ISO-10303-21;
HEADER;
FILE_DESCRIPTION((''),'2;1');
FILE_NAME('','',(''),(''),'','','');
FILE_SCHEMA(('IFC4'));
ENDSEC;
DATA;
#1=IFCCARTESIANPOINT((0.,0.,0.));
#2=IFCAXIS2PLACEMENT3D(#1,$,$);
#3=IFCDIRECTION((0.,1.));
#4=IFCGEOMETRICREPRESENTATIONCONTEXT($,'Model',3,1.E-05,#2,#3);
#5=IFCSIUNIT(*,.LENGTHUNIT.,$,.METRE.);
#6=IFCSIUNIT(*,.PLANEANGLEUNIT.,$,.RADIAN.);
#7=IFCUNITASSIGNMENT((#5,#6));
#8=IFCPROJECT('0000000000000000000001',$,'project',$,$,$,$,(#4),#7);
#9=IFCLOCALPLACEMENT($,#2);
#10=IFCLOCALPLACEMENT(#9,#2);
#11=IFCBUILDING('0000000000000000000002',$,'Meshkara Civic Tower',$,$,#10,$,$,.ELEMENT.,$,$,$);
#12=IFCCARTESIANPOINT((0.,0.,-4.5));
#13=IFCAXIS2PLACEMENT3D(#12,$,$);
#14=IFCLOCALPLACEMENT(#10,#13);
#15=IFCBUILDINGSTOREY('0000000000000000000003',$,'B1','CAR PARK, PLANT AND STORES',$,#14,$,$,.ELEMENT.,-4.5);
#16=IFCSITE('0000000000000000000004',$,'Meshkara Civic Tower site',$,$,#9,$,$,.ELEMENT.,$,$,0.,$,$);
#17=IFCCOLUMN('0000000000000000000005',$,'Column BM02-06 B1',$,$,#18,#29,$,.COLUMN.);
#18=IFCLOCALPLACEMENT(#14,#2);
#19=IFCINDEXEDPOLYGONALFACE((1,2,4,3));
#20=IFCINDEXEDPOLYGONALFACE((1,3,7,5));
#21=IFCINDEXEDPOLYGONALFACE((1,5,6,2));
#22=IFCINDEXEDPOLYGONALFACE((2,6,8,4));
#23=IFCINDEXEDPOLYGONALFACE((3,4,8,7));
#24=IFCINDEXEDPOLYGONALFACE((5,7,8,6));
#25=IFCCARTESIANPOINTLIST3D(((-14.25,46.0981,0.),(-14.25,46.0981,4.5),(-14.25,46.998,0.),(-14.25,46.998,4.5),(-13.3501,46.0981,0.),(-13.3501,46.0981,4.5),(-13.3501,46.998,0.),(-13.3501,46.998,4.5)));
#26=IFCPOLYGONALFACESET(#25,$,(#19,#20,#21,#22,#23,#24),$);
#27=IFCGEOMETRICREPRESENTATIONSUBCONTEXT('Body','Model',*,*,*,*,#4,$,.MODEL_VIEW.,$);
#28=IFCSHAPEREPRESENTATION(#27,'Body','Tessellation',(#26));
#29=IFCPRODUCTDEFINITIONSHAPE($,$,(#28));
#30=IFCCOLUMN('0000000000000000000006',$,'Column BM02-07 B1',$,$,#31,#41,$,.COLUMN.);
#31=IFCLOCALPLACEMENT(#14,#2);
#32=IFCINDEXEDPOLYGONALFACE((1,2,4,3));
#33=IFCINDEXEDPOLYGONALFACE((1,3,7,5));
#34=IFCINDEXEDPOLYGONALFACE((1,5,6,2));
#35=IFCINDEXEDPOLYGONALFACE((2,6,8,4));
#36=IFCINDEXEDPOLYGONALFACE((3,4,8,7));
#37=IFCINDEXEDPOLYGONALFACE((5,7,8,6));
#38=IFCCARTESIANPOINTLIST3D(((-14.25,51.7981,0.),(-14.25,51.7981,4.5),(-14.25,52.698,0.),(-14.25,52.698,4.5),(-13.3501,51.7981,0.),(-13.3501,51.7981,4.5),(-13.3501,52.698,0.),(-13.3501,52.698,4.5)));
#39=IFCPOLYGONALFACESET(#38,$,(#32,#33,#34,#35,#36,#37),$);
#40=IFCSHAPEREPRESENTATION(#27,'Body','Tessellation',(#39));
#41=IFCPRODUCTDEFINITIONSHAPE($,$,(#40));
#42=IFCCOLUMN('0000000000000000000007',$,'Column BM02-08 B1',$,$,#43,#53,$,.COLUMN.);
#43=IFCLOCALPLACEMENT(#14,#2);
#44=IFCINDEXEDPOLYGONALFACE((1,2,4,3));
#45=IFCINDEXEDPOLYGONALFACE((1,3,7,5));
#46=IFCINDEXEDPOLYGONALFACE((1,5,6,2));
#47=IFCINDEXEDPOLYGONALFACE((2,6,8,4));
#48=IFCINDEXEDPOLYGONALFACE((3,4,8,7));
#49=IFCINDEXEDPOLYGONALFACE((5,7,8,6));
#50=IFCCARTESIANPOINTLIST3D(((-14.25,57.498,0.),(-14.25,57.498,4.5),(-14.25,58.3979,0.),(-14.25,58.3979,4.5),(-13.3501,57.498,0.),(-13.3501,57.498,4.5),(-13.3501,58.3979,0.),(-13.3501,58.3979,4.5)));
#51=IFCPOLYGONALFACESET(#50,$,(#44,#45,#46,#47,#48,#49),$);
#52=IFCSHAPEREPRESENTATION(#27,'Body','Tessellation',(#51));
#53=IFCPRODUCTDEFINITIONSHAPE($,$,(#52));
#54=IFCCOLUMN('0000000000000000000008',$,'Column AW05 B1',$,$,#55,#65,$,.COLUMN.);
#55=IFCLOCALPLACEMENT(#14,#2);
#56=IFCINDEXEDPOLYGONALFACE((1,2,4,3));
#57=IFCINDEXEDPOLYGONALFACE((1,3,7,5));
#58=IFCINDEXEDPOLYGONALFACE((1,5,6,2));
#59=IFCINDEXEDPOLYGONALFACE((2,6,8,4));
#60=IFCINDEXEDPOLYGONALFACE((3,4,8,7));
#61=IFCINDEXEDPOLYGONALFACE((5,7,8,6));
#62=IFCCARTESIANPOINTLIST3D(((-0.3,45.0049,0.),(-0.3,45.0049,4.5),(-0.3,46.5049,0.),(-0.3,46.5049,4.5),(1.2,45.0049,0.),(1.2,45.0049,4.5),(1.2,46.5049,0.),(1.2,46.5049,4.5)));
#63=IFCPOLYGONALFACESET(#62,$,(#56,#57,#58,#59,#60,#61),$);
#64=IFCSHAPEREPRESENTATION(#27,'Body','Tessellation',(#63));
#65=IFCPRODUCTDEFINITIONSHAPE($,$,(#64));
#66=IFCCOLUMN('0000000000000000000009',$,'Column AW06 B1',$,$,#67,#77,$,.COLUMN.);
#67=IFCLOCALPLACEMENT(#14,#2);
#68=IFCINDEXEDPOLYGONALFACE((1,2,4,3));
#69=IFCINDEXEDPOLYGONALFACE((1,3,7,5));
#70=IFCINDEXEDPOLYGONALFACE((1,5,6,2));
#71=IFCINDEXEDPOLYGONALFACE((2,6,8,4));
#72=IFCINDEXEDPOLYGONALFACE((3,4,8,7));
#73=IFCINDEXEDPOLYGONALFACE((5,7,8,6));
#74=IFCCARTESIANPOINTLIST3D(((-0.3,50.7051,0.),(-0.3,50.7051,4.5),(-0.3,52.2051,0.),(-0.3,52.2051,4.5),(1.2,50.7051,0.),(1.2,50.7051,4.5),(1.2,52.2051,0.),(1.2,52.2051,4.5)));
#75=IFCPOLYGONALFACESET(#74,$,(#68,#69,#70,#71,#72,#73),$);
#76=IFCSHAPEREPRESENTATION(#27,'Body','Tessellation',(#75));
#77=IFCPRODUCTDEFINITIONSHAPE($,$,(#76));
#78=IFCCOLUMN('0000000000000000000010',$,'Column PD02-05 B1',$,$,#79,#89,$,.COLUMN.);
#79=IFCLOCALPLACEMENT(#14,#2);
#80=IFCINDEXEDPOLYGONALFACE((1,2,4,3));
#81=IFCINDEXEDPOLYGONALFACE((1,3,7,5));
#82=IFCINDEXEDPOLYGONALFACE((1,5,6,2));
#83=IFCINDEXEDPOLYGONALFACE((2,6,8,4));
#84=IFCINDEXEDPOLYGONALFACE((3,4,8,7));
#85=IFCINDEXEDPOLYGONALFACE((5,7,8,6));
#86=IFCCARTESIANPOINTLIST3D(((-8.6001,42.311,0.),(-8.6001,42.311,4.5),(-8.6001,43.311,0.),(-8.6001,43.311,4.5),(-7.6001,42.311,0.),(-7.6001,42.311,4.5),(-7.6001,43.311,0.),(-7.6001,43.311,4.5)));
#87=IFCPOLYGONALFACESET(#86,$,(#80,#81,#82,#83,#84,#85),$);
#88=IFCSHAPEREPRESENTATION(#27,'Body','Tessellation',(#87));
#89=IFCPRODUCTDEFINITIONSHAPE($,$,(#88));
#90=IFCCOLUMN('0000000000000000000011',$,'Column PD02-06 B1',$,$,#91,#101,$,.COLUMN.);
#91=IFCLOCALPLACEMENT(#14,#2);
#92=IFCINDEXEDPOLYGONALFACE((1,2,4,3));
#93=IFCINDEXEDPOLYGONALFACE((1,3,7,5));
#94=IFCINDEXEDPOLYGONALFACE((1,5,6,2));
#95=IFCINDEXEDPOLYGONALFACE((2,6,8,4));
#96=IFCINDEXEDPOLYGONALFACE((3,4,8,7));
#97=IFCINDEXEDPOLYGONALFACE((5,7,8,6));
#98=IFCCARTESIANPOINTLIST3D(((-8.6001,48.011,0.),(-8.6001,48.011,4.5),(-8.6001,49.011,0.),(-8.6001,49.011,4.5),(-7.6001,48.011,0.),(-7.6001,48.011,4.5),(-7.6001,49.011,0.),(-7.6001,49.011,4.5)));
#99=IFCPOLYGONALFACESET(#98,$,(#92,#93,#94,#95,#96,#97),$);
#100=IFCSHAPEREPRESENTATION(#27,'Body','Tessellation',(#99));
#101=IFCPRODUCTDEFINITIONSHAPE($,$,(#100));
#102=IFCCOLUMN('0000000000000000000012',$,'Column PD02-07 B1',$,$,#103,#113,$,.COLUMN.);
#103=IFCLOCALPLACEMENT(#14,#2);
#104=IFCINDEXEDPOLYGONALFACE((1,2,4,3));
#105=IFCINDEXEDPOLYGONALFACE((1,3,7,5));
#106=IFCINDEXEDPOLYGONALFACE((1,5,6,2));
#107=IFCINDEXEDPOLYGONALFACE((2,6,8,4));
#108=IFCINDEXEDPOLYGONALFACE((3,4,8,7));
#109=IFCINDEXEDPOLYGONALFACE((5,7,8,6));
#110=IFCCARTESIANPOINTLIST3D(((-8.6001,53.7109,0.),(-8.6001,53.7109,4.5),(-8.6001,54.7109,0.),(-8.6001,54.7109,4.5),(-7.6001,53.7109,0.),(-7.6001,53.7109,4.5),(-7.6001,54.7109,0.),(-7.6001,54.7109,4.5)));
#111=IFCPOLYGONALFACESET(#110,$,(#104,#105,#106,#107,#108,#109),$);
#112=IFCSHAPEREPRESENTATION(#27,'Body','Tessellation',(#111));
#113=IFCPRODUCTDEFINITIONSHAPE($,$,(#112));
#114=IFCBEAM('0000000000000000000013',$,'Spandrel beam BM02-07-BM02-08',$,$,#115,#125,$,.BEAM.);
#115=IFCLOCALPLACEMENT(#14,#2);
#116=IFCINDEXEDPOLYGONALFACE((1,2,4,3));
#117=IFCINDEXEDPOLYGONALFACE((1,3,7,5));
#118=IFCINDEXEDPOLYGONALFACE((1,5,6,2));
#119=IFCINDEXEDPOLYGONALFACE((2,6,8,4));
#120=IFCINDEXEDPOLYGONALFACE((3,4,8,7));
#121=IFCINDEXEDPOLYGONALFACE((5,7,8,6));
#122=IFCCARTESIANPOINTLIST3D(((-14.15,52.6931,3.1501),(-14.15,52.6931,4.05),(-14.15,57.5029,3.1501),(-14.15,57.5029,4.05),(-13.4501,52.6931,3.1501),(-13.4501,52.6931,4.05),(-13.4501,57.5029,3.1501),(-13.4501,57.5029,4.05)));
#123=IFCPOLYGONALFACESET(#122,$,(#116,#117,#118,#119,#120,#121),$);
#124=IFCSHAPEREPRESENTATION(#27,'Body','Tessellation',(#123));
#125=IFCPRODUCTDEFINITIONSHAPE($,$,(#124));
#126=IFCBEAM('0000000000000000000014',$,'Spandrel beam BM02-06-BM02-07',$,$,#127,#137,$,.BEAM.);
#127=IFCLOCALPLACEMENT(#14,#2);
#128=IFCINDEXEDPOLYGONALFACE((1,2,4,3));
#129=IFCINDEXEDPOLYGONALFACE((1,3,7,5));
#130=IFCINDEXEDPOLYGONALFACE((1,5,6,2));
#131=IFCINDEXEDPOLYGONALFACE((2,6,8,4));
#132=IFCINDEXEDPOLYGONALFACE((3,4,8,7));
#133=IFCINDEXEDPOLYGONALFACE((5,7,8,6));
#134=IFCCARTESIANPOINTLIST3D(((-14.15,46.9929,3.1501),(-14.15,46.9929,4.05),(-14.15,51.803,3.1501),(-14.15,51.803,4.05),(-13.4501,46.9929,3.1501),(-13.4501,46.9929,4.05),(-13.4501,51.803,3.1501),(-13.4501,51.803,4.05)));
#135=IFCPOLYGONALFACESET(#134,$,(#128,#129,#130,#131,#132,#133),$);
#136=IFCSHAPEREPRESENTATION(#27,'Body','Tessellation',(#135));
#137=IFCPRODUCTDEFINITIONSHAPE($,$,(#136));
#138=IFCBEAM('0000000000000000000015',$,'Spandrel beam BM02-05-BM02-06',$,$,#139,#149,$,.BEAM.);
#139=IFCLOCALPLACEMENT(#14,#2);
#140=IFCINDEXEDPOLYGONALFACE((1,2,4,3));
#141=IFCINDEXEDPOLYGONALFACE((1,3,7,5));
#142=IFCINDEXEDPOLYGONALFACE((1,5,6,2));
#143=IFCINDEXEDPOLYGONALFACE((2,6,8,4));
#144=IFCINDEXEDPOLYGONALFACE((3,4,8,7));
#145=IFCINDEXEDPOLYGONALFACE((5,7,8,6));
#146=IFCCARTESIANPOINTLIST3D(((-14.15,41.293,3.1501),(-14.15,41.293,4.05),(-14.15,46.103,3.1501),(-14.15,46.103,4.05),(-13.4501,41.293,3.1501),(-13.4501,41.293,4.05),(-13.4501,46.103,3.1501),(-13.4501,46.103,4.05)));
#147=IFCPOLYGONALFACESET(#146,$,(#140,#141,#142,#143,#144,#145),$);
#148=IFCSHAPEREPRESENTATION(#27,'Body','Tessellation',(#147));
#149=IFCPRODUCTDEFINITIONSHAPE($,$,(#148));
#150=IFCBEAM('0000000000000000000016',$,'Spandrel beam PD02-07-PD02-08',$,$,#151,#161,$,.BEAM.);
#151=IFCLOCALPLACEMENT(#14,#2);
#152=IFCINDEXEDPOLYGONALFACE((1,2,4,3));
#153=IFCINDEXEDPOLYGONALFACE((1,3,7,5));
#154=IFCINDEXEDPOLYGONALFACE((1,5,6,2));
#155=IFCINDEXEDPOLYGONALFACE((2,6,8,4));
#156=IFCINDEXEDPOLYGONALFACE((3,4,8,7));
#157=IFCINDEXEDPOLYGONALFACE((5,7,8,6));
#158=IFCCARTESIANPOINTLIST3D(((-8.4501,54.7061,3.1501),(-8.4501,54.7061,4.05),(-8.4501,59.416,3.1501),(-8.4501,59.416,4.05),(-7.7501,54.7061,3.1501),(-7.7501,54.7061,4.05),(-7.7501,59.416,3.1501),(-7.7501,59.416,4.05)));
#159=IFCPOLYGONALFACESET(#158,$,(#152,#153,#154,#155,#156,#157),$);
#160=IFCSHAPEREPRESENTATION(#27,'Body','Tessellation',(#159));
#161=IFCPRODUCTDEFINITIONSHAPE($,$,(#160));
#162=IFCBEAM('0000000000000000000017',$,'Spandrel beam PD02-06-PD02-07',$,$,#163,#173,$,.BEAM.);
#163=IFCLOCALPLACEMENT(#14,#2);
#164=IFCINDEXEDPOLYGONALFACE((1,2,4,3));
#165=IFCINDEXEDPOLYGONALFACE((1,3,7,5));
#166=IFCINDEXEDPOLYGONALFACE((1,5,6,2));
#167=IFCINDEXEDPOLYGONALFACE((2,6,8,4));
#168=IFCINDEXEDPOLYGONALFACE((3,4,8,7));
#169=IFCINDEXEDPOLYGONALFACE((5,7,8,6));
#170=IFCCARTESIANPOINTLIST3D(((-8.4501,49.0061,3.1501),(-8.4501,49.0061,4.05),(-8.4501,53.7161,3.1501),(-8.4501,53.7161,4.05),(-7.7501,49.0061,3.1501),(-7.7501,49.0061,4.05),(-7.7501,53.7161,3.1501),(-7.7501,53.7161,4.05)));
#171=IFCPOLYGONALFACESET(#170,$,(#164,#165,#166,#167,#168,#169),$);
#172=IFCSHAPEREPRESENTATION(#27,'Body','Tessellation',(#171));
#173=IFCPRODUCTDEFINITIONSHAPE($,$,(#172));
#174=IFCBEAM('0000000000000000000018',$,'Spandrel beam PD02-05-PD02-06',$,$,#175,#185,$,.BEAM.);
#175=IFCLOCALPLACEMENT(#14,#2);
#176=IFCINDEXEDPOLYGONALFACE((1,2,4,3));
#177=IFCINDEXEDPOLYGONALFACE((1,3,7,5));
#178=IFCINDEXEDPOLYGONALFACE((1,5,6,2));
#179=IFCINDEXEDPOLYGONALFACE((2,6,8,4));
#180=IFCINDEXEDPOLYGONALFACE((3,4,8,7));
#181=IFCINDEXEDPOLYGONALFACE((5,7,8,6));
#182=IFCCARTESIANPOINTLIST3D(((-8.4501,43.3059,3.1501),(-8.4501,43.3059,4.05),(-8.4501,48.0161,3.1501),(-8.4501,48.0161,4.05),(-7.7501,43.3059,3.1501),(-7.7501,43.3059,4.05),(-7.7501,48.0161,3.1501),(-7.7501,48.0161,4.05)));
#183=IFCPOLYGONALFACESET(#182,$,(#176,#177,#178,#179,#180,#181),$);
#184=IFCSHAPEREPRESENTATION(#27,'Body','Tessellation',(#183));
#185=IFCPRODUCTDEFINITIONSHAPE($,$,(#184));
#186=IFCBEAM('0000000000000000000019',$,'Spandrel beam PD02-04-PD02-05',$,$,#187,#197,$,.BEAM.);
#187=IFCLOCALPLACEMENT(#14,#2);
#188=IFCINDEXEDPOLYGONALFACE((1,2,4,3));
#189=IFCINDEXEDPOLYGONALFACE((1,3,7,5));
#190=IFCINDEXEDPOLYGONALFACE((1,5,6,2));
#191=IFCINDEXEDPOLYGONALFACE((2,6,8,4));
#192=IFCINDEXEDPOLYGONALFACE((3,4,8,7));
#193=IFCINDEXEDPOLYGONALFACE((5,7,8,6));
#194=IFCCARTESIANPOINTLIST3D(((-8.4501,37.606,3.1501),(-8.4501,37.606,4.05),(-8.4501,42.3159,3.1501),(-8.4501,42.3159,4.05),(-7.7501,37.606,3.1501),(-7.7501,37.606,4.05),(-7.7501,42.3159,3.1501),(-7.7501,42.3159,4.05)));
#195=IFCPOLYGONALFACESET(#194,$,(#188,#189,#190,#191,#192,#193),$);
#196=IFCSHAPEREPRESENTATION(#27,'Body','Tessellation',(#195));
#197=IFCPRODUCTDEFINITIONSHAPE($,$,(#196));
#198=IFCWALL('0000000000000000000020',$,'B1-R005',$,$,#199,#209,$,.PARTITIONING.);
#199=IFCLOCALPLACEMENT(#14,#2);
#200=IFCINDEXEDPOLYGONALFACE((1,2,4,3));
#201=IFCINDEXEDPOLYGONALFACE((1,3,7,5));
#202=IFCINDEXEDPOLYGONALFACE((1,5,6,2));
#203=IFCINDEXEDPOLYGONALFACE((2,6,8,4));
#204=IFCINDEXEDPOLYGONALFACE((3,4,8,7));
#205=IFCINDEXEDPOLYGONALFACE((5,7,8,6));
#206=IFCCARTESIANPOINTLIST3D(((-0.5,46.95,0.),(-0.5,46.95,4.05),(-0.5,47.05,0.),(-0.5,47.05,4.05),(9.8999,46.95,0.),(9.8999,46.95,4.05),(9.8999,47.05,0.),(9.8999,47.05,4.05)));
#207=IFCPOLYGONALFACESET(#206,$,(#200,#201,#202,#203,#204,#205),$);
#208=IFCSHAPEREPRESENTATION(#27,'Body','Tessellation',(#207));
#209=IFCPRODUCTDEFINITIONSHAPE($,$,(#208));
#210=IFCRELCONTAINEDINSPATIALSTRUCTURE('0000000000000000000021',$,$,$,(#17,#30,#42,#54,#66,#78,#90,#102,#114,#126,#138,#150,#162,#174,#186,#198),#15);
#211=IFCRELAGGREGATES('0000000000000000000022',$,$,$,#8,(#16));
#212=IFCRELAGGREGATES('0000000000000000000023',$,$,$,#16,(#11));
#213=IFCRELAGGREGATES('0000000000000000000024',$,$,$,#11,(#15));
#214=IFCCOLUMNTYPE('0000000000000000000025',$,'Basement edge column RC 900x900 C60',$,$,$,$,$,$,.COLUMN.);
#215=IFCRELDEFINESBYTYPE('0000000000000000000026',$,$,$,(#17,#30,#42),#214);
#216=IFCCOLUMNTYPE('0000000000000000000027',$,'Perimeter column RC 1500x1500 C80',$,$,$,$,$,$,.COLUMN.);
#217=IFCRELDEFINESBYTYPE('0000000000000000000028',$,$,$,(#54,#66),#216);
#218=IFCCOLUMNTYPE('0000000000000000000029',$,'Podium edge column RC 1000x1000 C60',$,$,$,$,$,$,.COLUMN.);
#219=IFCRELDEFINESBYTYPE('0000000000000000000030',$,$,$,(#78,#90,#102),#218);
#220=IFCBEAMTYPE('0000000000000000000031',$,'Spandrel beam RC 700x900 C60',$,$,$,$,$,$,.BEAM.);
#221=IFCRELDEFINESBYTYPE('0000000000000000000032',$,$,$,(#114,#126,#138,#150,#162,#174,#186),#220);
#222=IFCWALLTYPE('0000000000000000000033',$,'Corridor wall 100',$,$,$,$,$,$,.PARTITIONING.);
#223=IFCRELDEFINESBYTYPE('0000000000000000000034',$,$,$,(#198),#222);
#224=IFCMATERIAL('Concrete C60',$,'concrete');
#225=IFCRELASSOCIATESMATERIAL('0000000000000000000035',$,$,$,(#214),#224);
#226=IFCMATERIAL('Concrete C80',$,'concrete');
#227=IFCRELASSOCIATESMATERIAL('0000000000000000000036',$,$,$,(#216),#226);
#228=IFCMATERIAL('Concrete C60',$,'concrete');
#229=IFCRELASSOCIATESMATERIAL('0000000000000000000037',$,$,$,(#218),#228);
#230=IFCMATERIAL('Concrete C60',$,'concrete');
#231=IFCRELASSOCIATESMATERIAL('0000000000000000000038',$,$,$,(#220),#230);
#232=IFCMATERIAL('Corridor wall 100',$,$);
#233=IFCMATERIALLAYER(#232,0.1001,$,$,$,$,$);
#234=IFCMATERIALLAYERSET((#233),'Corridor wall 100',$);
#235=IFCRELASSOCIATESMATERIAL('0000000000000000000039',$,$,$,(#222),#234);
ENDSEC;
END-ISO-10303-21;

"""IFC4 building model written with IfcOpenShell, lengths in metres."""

from ifc_helpers import new_model, si_unit, direction, frame, frame_2d, origin, origin_2d, place, context, subcontext, project, spatial, rectangle, extrude, material, layer, layer_set, material_profile, profile_set, type_object, element, save


model = new_model("IFC4")

# Units and contexts
model_context = context("Model", 3, precision=1e-05, world=origin(), true_north=direction((0.0, 1.0)))
body_context = subcontext(model_context, "Body", "Model", "MODEL_VIEW")
ifc_project = project(units=[si_unit("LENGTHUNIT", "METRE"), si_unit("PLANEANGLEUNIT", "RADIAN")], contexts=[model_context])

# Site, building, storey
site_placement = place(None, origin())
site = spatial("IfcSite", under=ifc_project, at=site_placement, Name="Meshkara Civic Tower site", CompositionType="ELEMENT", RefElevation=0.0)
building_placement = place(site_placement, origin())
building = spatial("IfcBuilding", under=site, at=building_placement, Name="Meshkara Civic Tower", CompositionType="ELEMENT")
storey_placement = place(building_placement, frame((0.0, 0.0, -4.5)))
storey = spatial("IfcBuildingStorey", under=building, at=storey_placement, Name="B1", Description="CAR PARK, PLANT AND STORES", CompositionType="ELEMENT", Elevation=-4.5)

# Columns
ifc_material_1 = material(Name="Concrete C60", Category="concrete")
ifc_material_profile_1 = material_profile(ifc_material_1, rectangle(XDim=0.8999, YDim=0.8999, at=origin_2d()))
ifc_profile_set_1 = profile_set([ifc_material_profile_1], Name="Concrete C60")
column_type_1 = type_object("IfcColumnType", Name="Basement edge column RC 900x900 C60", PredefinedType="COLUMN", material=ifc_profile_set_1)
for number, where, z_axis, x_axis, name in (
    (1, (-13.8, 46.5481, 0.0), (0.0, 0.0, 1.0), (1.0, 0.0, 0.0), "Column BM02-06 B1"),
    (2, (-13.8, 52.248, 0.0), (0.0, 0.0, 1.0), (1.0, 0.0, 0.0), "Column BM02-07 B1"),
    (3, (-13.8, 57.948, 0.0), (0.0, 0.0, 1.0), (1.0, 0.0, 0.0), "Column BM02-08 B1"),
):
    element("IfcColumn", number, at=place(storey_placement, frame(where, z_axis=z_axis, x_axis=x_axis)), inside=storey, type_object=column_type_1, Name=name, PredefinedType="COLUMN", context=body_context, shape_type="SweptSolid", body=[
        extrude(rectangle(XDim=0.8999, YDim=0.8999, at=origin_2d()), origin(), (0.0, 0.0, 1.0), 4.5),
    ])
ifc_material_2 = material(Name="Concrete C80", Category="concrete")
ifc_material_profile_2 = material_profile(ifc_material_2, rectangle(XDim=1.5, YDim=1.5, at=origin_2d()))
ifc_profile_set_2 = profile_set([ifc_material_profile_2], Name="Concrete C80")
column_type_2 = type_object("IfcColumnType", Name="Perimeter column RC 1500x1500 C80", PredefinedType="COLUMN", material=ifc_profile_set_2)
for number, where, z_axis, x_axis, name in (
    (4, (0.45, 45.7549, 0.0), (0.0, 0.0, 1.0), (1.0, 0.0, 0.0), "Column AW05 B1"),
    (5, (0.45, 51.4551, 0.0), (0.0, 0.0, 1.0), (1.0, 0.0, 0.0), "Column AW06 B1"),
):
    element("IfcColumn", number, at=place(storey_placement, frame(where, z_axis=z_axis, x_axis=x_axis)), inside=storey, type_object=column_type_2, Name=name, PredefinedType="COLUMN", context=body_context, shape_type="SweptSolid", body=[
        extrude(rectangle(XDim=1.5, YDim=1.5, at=origin_2d()), origin(), (0.0, 0.0, 1.0), 4.5),
    ])
ifc_material_3 = material(Name="Concrete C60", Category="concrete")
ifc_material_profile_3 = material_profile(ifc_material_3, rectangle(XDim=1.0, YDim=1.0, at=origin_2d()))
ifc_profile_set_3 = profile_set([ifc_material_profile_3], Name="Concrete C60")
column_type_3 = type_object("IfcColumnType", Name="Podium edge column RC 1000x1000 C60", PredefinedType="COLUMN", material=ifc_profile_set_3)
for number, where, z_axis, x_axis, name in (
    (6, (-8.1001, 42.811, 0.0), (0.0, 0.0, 1.0), (1.0, 0.0, 0.0), "Column PD02-05 B1"),
    (7, (-8.1001, 48.511, 0.0), (0.0, 0.0, 1.0), (1.0, 0.0, 0.0), "Column PD02-06 B1"),
    (8, (-8.1001, 54.2109, 0.0), (0.0, 0.0, 1.0), (1.0, 0.0, 0.0), "Column PD02-07 B1"),
):
    element("IfcColumn", number, at=place(storey_placement, frame(where, z_axis=z_axis, x_axis=x_axis)), inside=storey, type_object=column_type_3, Name=name, PredefinedType="COLUMN", context=body_context, shape_type="SweptSolid", body=[
        extrude(rectangle(XDim=1.0, YDim=1.0, at=origin_2d()), origin(), (0.0, 0.0, 1.0), 4.5),
    ])

# Beams
ifc_material_4 = material(Name="Concrete C60", Category="concrete")
ifc_material_profile_4 = material_profile(ifc_material_4, rectangle(XDim=0.7, YDim=0.8999, at=origin_2d()))
ifc_profile_set_4 = profile_set([ifc_material_profile_4], Name="Concrete C60")
beam_type = type_object("IfcBeamType", Name="Spandrel beam RC 700x900 C60", PredefinedType="BEAM", material=ifc_profile_set_4)
beam_1_placement = place(storey_placement, frame((-13.8, 57.5029, 3.6001), z_axis=(0.0, -1.0, 0.0), x_axis=(1.0, 0.0, 0.0)))
element("IfcBeam", 9, at=beam_1_placement, inside=storey, type_object=beam_type, Name="Spandrel beam BM02-07-BM02-08", PredefinedType="BEAM", context=body_context, shape_type="SweptSolid", body=[
    extrude(rectangle(XDim=0.7, YDim=0.8999, at=origin_2d()), origin(), (0.0, 0.0, 1.0), 4.8098),
])
for number, where, z_axis, x_axis, name in (
    (10, (-13.8, 51.803, 3.6001), (0.0, -1.0, 0.0), (1.0, 0.0, 0.0), "Spandrel beam BM02-06-BM02-07"),
    (11, (-13.8, 46.103, 3.6001), (0.0, -1.0, 0.0), (1.0, 0.0, 0.0), "Spandrel beam BM02-05-BM02-06"),
):
    element("IfcBeam", number, at=place(storey_placement, frame(where, z_axis=z_axis, x_axis=x_axis)), inside=storey, type_object=beam_type, Name=name, PredefinedType="BEAM", context=body_context, shape_type="SweptSolid", body=[
        extrude(rectangle(XDim=0.7, YDim=0.8999, at=origin_2d()), origin(), (0.0, 0.0, 1.0), 4.8101),
    ])
for number, where, z_axis, x_axis, name in (
    (12, (-8.1001, 59.416, 3.6001), (0.0, -1.0, 0.0), (1.0, 0.0, 0.0), "Spandrel beam PD02-07-PD02-08"),
    (13, (-8.1001, 53.7161, 3.6001), (0.0, -1.0, 0.0), (1.0, 0.0, 0.0), "Spandrel beam PD02-06-PD02-07"),
):
    element("IfcBeam", number, at=place(storey_placement, frame(where, z_axis=z_axis, x_axis=x_axis)), inside=storey, type_object=beam_type, Name=name, PredefinedType="BEAM", context=body_context, shape_type="SweptSolid", body=[
        extrude(rectangle(XDim=0.7, YDim=0.8999, at=origin_2d()), origin(), (0.0, 0.0, 1.0), 4.71),
    ])
beam_2_placement = place(storey_placement, frame((-8.1001, 48.0161, 3.6001), z_axis=(0.0, -1.0, 0.0), x_axis=(1.0, 0.0, 0.0)))
element("IfcBeam", 14, at=beam_2_placement, inside=storey, type_object=beam_type, Name="Spandrel beam PD02-05-PD02-06", PredefinedType="BEAM", context=body_context, shape_type="SweptSolid", body=[
    extrude(rectangle(XDim=0.7, YDim=0.8999, at=origin_2d()), origin(), (0.0, 0.0, 1.0), 4.7102),
])
beam_3_placement = place(storey_placement, frame((-8.1001, 42.3159, 3.6001), z_axis=(0.0, -1.0, 0.0), x_axis=(1.0, 0.0, 0.0)))
element("IfcBeam", 15, at=beam_3_placement, inside=storey, type_object=beam_type, Name="Spandrel beam PD02-04-PD02-05", PredefinedType="BEAM", context=body_context, shape_type="SweptSolid", body=[
    extrude(rectangle(XDim=0.7, YDim=0.8999, at=origin_2d()), origin(), (0.0, 0.0, 1.0), 4.71),
])

# Wall
ifc_material_5 = material(Name="Corridor wall 100")
ifc_layer_1 = layer(ifc_material_5, 0.1001)
ifc_layer_set_1 = layer_set([ifc_layer_1], Name="Corridor wall 100")
wall_type_1 = type_object("IfcWallType", Name="Corridor wall 100", PredefinedType="PARTITIONING", material=ifc_layer_set_1)
wall_1_placement = place(storey_placement, frame((-0.5, 47.0, 0.0), z_axis=(0.0, 0.0, 1.0), x_axis=(1.0, 0.0, 0.0)))
element("IfcWall", 16, at=wall_1_placement, inside=storey, type_object=wall_type_1, Name="B1-R005", PredefinedType="PARTITIONING", context=body_context, shape_type="SweptSolid", body=[
    extrude(rectangle(XDim=10.3999, YDim=0.1001, at=frame_2d((5.2, 0.0))), origin(), (0.0, 0.0, 1.0), 4.05),
])

save(model, "model.ifc")
